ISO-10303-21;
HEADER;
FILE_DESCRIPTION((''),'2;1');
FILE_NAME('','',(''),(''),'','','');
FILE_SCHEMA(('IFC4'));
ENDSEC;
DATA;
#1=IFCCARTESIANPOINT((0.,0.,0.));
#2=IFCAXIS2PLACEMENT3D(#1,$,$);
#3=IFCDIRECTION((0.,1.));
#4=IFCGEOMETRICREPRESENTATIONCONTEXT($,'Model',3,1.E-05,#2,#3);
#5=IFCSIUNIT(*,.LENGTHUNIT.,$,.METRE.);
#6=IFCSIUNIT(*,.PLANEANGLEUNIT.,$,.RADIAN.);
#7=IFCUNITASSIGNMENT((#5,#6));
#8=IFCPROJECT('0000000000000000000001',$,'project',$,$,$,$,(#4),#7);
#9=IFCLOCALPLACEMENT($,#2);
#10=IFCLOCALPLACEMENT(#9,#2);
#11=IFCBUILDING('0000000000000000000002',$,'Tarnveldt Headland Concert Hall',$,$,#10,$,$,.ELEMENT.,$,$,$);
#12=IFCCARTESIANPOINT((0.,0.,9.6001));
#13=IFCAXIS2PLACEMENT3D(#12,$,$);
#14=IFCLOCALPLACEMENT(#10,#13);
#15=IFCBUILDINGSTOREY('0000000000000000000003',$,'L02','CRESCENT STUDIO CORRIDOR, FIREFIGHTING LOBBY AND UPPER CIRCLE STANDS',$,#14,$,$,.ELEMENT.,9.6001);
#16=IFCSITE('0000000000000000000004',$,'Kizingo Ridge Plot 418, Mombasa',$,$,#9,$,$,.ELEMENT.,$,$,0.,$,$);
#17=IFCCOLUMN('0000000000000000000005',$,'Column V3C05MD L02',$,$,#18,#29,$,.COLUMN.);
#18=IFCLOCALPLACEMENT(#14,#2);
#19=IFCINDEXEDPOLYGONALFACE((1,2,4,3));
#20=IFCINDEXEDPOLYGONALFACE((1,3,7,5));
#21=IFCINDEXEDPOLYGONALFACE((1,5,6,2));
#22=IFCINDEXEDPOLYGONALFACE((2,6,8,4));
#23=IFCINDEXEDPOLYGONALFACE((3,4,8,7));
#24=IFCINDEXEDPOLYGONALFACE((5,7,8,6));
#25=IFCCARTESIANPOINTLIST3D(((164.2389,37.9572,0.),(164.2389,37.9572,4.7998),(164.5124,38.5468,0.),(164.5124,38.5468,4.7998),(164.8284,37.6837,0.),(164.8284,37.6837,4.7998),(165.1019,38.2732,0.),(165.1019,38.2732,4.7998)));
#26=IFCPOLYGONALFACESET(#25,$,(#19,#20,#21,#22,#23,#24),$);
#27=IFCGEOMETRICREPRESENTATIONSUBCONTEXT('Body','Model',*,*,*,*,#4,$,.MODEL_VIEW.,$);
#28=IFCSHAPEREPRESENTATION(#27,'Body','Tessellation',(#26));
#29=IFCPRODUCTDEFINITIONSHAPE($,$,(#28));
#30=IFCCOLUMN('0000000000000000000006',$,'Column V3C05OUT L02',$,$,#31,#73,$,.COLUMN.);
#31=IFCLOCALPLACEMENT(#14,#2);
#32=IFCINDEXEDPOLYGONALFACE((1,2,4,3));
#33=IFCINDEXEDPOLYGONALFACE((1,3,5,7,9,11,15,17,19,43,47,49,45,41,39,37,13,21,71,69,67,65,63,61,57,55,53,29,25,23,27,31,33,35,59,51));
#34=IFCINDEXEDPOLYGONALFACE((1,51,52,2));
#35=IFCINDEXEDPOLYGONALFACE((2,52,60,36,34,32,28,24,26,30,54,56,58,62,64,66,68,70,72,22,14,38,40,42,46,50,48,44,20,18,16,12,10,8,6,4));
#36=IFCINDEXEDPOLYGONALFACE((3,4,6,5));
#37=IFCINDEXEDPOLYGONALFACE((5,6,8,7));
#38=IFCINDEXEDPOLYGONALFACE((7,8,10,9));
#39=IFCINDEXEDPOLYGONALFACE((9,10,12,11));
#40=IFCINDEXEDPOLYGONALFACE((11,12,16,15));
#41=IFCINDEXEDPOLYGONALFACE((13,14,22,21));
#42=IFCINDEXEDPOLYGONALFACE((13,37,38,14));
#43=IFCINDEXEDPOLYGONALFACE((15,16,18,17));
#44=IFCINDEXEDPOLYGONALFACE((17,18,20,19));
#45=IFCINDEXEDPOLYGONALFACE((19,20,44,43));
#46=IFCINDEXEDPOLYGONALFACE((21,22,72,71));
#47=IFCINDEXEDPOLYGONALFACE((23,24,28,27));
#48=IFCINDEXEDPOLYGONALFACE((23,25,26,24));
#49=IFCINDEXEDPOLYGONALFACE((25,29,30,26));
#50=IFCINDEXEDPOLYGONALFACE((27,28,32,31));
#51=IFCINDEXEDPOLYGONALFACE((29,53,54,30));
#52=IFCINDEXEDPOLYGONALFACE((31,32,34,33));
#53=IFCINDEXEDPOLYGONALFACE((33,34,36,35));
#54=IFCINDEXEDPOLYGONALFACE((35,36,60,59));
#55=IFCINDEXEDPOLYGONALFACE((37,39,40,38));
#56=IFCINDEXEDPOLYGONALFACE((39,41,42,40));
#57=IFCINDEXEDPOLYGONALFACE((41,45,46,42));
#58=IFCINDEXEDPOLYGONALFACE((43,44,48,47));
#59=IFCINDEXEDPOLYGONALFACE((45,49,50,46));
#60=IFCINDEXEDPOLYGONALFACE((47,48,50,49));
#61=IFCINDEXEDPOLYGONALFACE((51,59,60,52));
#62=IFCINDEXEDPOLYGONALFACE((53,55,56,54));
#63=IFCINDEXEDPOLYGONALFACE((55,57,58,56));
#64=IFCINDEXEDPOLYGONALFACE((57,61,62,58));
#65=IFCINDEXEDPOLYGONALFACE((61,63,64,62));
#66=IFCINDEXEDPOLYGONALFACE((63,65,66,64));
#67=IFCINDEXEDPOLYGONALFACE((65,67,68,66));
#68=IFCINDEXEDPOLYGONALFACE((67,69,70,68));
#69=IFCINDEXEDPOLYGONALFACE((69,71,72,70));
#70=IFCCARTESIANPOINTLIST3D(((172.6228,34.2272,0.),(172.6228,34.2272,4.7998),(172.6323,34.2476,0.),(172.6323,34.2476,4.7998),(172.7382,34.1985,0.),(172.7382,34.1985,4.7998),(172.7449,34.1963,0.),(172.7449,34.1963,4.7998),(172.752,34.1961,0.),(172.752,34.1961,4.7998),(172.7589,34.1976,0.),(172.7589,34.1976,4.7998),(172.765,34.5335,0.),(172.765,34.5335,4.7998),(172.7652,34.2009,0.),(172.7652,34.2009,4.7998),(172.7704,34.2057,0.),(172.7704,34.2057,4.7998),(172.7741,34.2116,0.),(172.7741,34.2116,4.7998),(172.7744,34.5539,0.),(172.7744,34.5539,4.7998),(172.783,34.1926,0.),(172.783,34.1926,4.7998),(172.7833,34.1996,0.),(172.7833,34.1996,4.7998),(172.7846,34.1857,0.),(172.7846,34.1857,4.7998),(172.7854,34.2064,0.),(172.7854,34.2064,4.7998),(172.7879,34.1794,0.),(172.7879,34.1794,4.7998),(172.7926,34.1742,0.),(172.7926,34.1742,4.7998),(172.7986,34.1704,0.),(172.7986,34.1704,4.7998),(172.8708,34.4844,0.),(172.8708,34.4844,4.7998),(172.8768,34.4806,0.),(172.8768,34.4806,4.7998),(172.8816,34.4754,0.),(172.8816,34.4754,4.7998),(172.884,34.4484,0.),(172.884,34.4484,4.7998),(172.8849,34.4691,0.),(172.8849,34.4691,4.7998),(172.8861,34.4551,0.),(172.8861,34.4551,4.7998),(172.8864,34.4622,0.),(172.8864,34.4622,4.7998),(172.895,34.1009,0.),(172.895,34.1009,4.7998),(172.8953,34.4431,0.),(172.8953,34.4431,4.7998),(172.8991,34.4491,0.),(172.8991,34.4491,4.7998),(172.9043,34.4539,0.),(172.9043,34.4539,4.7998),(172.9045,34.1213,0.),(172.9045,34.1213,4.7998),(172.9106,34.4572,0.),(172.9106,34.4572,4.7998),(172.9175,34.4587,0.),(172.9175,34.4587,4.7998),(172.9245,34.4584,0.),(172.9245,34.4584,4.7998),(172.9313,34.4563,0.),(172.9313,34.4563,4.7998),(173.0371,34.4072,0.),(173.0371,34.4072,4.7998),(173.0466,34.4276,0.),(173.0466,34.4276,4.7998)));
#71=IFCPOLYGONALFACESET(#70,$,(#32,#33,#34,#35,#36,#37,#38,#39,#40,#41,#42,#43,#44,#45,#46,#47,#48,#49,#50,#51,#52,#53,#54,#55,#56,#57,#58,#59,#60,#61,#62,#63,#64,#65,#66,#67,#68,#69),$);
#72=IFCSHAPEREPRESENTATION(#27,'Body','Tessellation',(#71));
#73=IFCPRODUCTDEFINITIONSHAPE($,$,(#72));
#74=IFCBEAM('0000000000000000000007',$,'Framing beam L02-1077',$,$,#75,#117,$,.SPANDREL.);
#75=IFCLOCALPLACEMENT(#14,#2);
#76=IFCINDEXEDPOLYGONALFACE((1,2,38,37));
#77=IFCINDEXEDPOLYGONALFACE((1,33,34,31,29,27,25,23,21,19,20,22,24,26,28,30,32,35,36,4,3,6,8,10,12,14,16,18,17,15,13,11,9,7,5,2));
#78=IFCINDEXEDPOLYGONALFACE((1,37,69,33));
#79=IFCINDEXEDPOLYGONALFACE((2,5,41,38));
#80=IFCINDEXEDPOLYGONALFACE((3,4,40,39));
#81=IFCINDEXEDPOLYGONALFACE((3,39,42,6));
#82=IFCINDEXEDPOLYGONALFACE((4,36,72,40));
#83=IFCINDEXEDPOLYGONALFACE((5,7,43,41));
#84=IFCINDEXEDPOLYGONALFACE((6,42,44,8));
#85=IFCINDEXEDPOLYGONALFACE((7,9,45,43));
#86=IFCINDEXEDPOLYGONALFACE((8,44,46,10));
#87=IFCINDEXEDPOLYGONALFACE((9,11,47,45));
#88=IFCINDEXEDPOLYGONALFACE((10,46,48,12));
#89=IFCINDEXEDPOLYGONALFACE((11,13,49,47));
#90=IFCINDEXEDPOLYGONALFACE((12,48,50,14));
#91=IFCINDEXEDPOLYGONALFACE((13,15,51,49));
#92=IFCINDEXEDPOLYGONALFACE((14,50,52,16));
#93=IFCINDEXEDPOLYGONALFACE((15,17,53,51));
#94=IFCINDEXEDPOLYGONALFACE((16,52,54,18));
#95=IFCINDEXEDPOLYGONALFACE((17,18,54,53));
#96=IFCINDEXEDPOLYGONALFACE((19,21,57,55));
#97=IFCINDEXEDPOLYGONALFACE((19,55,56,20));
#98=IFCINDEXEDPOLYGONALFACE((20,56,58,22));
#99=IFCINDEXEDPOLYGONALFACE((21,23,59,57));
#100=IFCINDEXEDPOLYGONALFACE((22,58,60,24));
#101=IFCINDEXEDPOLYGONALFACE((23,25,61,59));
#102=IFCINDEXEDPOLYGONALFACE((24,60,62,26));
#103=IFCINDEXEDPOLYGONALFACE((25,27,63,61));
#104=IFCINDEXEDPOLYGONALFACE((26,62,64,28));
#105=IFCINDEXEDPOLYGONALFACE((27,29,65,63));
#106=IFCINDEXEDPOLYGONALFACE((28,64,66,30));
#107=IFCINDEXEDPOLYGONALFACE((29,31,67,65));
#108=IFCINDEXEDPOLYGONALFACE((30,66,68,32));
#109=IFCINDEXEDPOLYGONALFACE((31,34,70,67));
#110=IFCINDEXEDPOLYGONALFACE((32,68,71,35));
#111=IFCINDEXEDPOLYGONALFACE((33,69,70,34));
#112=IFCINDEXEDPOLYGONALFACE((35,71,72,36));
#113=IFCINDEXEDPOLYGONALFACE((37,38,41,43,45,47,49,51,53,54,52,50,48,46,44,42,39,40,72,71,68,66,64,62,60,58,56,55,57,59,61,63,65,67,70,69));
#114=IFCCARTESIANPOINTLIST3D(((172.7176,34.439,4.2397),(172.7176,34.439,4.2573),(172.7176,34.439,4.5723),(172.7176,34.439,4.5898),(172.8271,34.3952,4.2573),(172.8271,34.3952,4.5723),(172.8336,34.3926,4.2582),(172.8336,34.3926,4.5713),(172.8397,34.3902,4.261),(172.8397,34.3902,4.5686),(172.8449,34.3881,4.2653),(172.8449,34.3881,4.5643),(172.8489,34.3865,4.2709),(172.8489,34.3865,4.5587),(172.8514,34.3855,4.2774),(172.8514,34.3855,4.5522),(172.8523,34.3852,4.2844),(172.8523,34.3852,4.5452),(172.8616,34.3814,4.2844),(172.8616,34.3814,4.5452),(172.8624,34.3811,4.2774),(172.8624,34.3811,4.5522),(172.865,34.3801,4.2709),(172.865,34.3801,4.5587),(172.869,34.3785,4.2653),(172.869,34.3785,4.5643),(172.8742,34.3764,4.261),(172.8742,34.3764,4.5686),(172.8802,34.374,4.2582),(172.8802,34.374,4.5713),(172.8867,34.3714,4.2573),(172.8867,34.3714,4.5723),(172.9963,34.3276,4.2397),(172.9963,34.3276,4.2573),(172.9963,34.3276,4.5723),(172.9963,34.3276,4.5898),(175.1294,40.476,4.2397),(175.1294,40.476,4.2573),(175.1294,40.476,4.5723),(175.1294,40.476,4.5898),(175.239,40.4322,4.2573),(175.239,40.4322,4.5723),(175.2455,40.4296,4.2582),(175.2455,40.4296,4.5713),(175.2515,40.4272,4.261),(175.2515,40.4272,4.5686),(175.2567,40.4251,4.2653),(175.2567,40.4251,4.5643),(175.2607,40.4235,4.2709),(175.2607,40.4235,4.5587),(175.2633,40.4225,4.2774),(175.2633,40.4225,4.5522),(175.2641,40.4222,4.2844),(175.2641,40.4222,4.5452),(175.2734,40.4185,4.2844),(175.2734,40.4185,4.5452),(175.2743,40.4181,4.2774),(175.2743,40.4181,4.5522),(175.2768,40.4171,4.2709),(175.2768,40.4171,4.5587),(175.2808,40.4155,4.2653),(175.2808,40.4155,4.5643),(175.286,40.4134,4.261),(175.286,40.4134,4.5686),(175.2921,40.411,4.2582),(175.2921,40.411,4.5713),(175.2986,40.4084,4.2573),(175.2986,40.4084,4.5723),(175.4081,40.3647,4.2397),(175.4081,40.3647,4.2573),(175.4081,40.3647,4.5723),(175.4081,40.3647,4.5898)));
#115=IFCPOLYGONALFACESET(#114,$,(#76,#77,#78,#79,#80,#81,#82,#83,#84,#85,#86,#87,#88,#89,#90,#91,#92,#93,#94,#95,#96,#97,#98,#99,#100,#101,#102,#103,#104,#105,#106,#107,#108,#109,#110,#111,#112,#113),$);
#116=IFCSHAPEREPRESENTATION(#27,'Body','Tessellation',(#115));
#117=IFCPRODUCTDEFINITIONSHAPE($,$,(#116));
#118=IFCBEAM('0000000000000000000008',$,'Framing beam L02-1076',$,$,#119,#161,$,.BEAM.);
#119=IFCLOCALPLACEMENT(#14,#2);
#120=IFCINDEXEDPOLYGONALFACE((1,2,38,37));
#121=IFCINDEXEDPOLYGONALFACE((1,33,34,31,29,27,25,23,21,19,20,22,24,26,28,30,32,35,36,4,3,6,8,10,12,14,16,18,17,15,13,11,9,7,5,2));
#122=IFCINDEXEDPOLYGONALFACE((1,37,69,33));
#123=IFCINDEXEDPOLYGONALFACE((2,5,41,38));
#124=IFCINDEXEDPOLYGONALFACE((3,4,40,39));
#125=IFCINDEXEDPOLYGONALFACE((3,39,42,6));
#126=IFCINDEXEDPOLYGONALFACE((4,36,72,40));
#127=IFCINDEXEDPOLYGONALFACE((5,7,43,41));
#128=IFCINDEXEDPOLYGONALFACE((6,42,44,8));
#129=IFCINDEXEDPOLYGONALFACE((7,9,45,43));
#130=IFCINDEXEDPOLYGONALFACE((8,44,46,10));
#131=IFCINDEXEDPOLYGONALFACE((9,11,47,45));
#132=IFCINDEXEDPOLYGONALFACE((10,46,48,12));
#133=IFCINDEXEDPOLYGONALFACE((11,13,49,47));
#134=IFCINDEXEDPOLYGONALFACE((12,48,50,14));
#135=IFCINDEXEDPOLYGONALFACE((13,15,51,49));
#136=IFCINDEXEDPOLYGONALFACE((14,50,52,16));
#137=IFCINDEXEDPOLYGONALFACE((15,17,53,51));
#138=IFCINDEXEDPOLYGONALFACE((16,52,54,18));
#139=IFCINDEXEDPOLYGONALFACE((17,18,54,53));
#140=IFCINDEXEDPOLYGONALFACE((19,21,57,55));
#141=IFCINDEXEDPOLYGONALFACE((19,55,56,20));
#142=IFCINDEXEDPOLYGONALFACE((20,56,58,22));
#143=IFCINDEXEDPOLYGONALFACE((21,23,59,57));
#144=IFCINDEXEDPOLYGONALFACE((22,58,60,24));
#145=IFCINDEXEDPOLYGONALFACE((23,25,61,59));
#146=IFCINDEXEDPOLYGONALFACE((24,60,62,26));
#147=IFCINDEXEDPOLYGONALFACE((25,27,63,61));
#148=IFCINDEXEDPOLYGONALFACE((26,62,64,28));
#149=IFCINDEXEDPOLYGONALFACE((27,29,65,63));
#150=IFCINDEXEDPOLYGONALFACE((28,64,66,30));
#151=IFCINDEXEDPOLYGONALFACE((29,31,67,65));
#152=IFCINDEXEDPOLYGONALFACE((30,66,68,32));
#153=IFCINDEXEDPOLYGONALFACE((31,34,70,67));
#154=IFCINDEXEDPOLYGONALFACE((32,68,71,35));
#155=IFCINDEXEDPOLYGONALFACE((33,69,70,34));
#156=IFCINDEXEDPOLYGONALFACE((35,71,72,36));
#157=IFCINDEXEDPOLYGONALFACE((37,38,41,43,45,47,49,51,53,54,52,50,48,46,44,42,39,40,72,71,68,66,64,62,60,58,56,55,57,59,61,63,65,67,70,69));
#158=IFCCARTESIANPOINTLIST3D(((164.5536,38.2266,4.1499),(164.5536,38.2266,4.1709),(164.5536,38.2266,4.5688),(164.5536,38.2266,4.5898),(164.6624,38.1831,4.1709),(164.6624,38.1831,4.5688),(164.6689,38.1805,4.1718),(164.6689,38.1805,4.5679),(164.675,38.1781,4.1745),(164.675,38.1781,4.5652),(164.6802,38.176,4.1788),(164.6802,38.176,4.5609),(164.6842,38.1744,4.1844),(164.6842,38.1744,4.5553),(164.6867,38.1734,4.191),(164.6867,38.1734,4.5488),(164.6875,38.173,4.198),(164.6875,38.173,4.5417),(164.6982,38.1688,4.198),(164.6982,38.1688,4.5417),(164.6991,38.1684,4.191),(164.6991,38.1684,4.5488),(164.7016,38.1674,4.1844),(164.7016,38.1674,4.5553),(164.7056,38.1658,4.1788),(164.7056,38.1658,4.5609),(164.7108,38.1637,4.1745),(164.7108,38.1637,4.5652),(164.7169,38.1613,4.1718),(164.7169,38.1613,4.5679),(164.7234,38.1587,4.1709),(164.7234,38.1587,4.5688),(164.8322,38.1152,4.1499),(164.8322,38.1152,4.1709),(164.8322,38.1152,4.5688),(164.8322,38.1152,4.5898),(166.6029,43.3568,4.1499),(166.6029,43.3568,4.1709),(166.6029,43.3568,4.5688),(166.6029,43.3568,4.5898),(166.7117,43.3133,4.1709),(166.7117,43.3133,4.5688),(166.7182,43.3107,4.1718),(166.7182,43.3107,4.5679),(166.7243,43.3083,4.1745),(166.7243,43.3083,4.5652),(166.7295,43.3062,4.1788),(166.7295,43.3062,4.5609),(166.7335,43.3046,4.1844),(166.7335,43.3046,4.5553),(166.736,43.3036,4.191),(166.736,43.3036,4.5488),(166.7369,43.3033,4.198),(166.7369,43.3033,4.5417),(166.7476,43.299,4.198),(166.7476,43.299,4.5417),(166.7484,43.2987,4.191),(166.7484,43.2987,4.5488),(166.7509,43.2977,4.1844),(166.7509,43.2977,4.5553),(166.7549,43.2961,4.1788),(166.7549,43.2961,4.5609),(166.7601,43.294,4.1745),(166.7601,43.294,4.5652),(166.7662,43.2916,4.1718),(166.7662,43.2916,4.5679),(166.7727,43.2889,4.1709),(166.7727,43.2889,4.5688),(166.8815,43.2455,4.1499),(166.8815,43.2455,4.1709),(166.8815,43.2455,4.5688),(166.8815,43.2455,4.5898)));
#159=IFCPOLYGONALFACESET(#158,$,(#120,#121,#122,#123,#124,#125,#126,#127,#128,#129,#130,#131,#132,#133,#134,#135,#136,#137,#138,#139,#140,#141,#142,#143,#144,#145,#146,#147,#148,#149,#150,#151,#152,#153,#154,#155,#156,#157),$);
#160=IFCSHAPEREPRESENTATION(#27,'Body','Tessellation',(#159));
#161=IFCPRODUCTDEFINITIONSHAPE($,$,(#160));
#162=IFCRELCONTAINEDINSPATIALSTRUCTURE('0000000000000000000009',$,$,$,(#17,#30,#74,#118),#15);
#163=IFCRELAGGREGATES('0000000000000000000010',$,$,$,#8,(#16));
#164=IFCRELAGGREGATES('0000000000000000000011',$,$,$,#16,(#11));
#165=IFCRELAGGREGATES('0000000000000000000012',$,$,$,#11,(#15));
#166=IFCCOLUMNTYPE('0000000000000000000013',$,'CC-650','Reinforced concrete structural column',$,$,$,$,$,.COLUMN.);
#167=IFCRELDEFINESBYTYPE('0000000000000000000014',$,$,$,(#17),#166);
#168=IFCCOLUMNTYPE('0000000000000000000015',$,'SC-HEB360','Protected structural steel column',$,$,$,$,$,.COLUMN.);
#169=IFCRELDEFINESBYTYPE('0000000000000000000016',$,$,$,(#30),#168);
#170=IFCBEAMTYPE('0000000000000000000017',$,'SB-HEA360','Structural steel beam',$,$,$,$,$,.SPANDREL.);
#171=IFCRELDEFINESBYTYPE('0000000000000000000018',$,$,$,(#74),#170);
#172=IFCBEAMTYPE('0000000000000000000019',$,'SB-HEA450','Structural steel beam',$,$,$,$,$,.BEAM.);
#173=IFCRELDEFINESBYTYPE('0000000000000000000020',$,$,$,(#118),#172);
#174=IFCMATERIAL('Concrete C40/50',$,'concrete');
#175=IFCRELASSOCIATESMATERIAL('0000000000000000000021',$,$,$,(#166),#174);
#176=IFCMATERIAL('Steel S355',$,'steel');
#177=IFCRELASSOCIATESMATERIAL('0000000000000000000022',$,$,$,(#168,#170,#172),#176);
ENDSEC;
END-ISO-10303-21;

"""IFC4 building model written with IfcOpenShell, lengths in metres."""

from ifc_helpers import new_model, si_unit, direction, frame, origin, origin_2d, place, context, subcontext, project, spatial, rectangle, i_section, extrude, material, material_profile, profile_set, type_object, element, save


model = new_model("IFC4")

# Units and contexts
model_context = context("Model", 3, precision=1e-05, world=origin(), true_north=direction((0.0, 1.0)))
body_context = subcontext(model_context, "Body", "Model", "MODEL_VIEW")
ifc_project = project(units=[si_unit("LENGTHUNIT", "METRE"), si_unit("PLANEANGLEUNIT", "RADIAN")], contexts=[model_context])

# Site, building, storey
site_placement = place(None, origin())
site = spatial("IfcSite", under=ifc_project, at=site_placement, Name="Kizingo Ridge Plot 418, Mombasa", CompositionType="ELEMENT", RefElevation=0.0)
building_placement = place(site_placement, origin())
building = spatial("IfcBuilding", under=site, at=building_placement, Name="Tarnveldt Headland Concert Hall", CompositionType="ELEMENT")
storey_placement = place(building_placement, frame((0.0, 0.0, 9.6001)))
storey = spatial("IfcBuildingStorey", under=building, at=storey_placement, Name="L02", Description="CRESCENT STUDIO CORRIDOR, FIREFIGHTING LOBBY AND UPPER CIRCLE STANDS", CompositionType="ELEMENT", Elevation=9.6001)

# Columns
ifc_material_1 = material(Name="Concrete C40/50", Category="concrete")
ifc_material_profile_1 = material_profile(ifc_material_1, rectangle(XDim=0.6499, YDim=0.6499, at=origin_2d()), Name="RC 650x650", Category="concrete")
ifc_profile_set_1 = profile_set([ifc_material_profile_1], Name="Concrete C40/50")
column_type_1 = type_object("IfcColumnType", Name="CC-650", Description="Reinforced concrete structural column", PredefinedType="COLUMN", material=ifc_profile_set_1)
column_1_placement = place(storey_placement, frame((164.6704, 38.1152, 0.0), z_axis=(0.0, 0.0, 1.0), x_axis=(0.907117, -0.420877, 0.0)))
element("IfcColumn", 1, at=column_1_placement, inside=storey, type_object=column_type_1, Name="Column V3C05MD L02", PredefinedType="COLUMN", context=body_context, shape_type="SweptSolid", body=[
    extrude(rectangle(XDim=0.6499, YDim=0.6499, at=origin_2d()), origin(), (0.0, 0.0, 1.0), 4.7998),
])
ifc_material_2 = material(Name="Steel S355", Category="steel")
ifc_material_profile_2 = material_profile(ifc_material_2, i_section(OverallWidth=0.3, OverallDepth=0.3601, WebThickness=0.0125, FlangeThickness=0.0225, FilletRadius=0.0271, at=origin_2d()), Name="HEB360", Category="steel")
ifc_profile_set_2 = profile_set([ifc_material_profile_2], Name="Steel S355")
column_type_2 = type_object("IfcColumnType", Name="SC-HEB360", Description="Protected structural steel column", PredefinedType="COLUMN", material=ifc_profile_set_2)
column_2_placement = place(storey_placement, frame((172.8347, 34.3274, 0.0), z_axis=(0.0, 0.0, 1.0), x_axis=(0.907117, -0.420877, 0.0)))
element("IfcColumn", 2, at=column_2_placement, inside=storey, type_object=column_type_2, Name="Column V3C05OUT L02", PredefinedType="COLUMN", context=body_context, shape_type="SweptSolid", body=[
    extrude(i_section(OverallWidth=0.3, OverallDepth=0.3601, WebThickness=0.0125, FlangeThickness=0.0225, FilletRadius=0.0271, at=origin_2d()), origin(), (0.0, 0.0, 1.0), 4.7998),
])

# Beams
ifc_material_profile_3 = material_profile(ifc_material_2, i_section(OverallWidth=0.3, OverallDepth=0.3501, WebThickness=0.01, FlangeThickness=0.0176, FilletRadius=0.0271, at=origin_2d()), Name="HEA360", Category="steel")
ifc_profile_set_3 = profile_set([ifc_material_profile_3], Name="Steel S355")
beam_type_1 = type_object("IfcBeamType", Name="SB-HEA360", Description="Structural steel beam", PredefinedType="SPANDREL", material=ifc_profile_set_3)
beam_1_placement = place(storey_placement, frame((172.8569, 34.3833, 4.4148), z_axis=(0.370996, 0.928635, 0.0), x_axis=(-0.928635, 0.370996, 0.0)))
element("IfcBeam", 3, at=beam_1_placement, inside=storey, type_object=beam_type_1, Name="Framing beam L02-1077", PredefinedType="SPANDREL", context=body_context, shape_type="SweptSolid", body=[
    extrude(i_section(OverallWidth=0.3, OverallDepth=0.3501, WebThickness=0.01, FlangeThickness=0.0176, FilletRadius=0.0271, at=origin_2d()), origin(), (0.0, 0.0, 1.0), 6.501),
])
ifc_material_profile_4 = material_profile(ifc_material_2, i_section(OverallWidth=0.3, OverallDepth=0.4399, WebThickness=0.0115, FlangeThickness=0.021, FilletRadius=0.0271, at=origin_2d()), Name="HEA450", Category="steel")
ifc_profile_set_4 = profile_set([ifc_material_profile_4], Name="Steel S355")
beam_type_2 = type_object("IfcBeamType", Name="SB-HEA450", Description="Structural steel beam", PredefinedType="BEAM", material=ifc_profile_set_4)
beam_2_placement = place(storey_placement, frame((164.6929, 38.1709, 4.3699), z_axis=(0.370964, 0.928647, 0.0), x_axis=(-0.928647, 0.370964, 0.0)))
element("IfcBeam", 4, at=beam_2_placement, inside=storey, type_object=beam_type_2, Name="Framing beam L02-1076", PredefinedType="BEAM", context=body_context, shape_type="SweptSolid", body=[
    extrude(i_section(OverallWidth=0.3, OverallDepth=0.4399, WebThickness=0.0115, FlangeThickness=0.021, FilletRadius=0.0271, at=origin_2d()), origin(), (0.0, 0.0, 1.0), 5.5244),
])

save(model, "model.ifc")
